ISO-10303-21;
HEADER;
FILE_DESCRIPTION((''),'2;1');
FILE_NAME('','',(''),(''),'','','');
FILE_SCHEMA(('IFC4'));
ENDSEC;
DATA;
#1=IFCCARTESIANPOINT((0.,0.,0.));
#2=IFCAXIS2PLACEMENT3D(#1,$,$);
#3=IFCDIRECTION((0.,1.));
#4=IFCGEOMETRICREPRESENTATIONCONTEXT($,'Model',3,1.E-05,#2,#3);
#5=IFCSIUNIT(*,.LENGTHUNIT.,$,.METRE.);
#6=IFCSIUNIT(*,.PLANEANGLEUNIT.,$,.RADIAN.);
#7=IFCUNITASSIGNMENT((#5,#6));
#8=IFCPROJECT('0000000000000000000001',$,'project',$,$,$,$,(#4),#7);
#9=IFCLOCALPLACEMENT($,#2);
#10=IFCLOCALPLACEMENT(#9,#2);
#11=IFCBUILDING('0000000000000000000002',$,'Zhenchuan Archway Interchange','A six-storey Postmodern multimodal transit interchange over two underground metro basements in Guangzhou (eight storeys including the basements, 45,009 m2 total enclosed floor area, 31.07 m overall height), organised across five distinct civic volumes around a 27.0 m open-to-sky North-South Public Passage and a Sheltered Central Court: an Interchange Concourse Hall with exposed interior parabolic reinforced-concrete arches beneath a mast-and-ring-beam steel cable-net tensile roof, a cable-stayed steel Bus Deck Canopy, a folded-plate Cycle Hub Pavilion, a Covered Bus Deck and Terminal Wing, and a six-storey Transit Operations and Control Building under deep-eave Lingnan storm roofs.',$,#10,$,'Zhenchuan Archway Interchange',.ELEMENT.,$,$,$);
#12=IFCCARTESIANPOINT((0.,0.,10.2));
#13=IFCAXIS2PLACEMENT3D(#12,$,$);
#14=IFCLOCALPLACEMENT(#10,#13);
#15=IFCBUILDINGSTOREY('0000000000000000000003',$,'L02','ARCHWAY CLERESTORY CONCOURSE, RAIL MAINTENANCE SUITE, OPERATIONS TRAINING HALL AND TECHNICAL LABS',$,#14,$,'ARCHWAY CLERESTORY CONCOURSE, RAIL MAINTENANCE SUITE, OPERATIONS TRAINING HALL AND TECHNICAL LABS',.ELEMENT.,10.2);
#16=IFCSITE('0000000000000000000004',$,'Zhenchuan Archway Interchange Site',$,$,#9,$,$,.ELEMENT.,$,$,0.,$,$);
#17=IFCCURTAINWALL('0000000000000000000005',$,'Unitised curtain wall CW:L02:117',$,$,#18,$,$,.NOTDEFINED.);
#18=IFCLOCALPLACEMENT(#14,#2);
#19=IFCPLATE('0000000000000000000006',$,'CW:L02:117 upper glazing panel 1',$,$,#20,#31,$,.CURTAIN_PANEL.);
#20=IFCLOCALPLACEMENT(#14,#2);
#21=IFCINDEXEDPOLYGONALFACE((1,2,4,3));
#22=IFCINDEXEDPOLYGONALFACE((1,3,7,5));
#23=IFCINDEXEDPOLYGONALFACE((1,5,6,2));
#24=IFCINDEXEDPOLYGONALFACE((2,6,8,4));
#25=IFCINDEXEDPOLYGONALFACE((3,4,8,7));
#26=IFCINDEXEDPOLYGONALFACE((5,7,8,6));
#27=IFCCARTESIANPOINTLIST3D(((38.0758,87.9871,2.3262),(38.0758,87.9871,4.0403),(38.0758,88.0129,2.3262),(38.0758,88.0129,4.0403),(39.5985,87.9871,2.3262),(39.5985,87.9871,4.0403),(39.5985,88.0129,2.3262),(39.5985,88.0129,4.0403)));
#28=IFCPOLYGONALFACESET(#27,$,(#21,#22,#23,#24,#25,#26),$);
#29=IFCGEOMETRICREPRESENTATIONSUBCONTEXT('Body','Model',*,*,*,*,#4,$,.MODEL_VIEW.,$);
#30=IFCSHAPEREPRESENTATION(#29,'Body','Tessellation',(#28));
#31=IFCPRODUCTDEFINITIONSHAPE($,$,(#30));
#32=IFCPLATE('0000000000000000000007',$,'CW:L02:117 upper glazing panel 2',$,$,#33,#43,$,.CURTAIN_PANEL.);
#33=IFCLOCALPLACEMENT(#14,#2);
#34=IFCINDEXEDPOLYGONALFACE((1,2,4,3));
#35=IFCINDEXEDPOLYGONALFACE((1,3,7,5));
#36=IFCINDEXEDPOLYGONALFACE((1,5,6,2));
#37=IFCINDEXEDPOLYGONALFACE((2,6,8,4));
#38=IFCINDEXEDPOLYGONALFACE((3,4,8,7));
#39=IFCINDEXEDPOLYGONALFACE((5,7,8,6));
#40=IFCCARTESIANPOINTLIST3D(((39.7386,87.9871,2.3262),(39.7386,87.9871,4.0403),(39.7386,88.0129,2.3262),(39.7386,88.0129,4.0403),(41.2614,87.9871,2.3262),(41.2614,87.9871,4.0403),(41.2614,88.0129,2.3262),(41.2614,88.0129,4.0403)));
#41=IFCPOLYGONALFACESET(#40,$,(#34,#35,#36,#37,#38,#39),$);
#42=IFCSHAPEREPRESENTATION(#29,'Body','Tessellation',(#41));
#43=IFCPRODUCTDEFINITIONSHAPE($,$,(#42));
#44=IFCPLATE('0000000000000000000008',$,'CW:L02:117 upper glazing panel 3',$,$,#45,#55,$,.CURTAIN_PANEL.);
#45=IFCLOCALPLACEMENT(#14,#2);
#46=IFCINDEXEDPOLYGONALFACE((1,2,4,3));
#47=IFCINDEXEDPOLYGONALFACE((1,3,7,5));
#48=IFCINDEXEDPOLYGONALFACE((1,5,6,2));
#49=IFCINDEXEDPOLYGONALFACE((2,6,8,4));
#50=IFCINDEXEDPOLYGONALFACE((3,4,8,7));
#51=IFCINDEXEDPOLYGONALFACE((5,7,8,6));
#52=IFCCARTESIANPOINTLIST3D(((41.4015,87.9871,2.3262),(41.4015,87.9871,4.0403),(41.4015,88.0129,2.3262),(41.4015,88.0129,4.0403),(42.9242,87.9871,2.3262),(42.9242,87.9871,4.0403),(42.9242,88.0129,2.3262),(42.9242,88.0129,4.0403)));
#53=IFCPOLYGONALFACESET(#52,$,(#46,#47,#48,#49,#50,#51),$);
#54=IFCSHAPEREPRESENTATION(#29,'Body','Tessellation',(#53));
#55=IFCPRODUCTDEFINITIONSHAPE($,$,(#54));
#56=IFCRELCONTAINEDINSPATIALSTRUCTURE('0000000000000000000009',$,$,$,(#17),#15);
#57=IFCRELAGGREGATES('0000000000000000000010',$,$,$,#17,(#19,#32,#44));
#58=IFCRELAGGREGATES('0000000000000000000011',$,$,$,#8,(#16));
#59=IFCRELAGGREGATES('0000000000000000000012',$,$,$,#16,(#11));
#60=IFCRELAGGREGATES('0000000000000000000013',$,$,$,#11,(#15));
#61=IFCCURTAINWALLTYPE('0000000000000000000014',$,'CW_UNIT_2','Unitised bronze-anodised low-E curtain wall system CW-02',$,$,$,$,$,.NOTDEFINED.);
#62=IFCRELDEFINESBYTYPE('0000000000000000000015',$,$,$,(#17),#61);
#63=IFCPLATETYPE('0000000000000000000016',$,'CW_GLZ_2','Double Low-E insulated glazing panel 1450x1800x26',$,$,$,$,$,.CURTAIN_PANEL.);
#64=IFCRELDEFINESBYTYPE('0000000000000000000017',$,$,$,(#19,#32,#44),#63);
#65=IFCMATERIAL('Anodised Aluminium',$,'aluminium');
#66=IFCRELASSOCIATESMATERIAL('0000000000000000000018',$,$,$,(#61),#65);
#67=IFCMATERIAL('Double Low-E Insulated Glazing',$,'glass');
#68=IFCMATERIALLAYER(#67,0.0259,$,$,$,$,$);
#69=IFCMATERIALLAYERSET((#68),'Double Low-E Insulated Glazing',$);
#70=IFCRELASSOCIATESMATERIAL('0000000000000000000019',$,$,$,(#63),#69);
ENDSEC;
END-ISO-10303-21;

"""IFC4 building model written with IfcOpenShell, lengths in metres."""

from ifc_helpers import new_model, si_unit, direction, frame, origin, origin_2d, place, context, subcontext, project, spatial, rectangle, extrude, material, layer, layer_set, type_object, element, aggregate, save


model = new_model("IFC4")

# Units and contexts
model_context = context("Model", 3, precision=1e-05, world=origin(), true_north=direction((0.0, 1.0)))
body_context = subcontext(model_context, "Body", "Model", "MODEL_VIEW")
ifc_project = project(units=[si_unit("LENGTHUNIT", "METRE"), si_unit("PLANEANGLEUNIT", "RADIAN")], contexts=[model_context])

# Site, building, storey
site_placement = place(None, origin())
site = spatial("IfcSite", under=ifc_project, at=site_placement, Name="Zhenchuan Archway Interchange Site", CompositionType="ELEMENT", RefElevation=0.0)
building_placement = place(site_placement, origin())
building = spatial("IfcBuilding", under=site, at=building_placement, Name="Zhenchuan Archway Interchange", Description="A six-storey Postmodern multimodal transit interchange over two underground metro basements in Guangzhou (eight storeys including the basements, 45,009 m2 total enclosed floor area, 31.07 m overall height), organised across five distinct civic volumes around a 27.0 m open-to-sky North-South Public Passage and a Sheltered Central Court: an Interchange Concourse Hall with exposed interior parabolic reinforced-concrete arches beneath a mast-and-ring-beam steel cable-net tensile roof, a cable-stayed steel Bus Deck Canopy, a folded-plate Cycle Hub Pavilion, a Covered Bus Deck and Terminal Wing, and a six-storey Transit Operations and Control Building under deep-eave Lingnan storm roofs.", LongName="Zhenchuan Archway Interchange", CompositionType="ELEMENT")
storey_placement = place(building_placement, frame((0.0, 0.0, 10.2)))
storey = spatial("IfcBuildingStorey", under=building, at=storey_placement, Name="L02", Description="ARCHWAY CLERESTORY CONCOURSE, RAIL MAINTENANCE SUITE, OPERATIONS TRAINING HALL AND TECHNICAL LABS", LongName="ARCHWAY CLERESTORY CONCOURSE, RAIL MAINTENANCE SUITE, OPERATIONS TRAINING HALL AND TECHNICAL LABS", CompositionType="ELEMENT", Elevation=10.2)

# Curtain wall, plates
ifc_material_1 = material(Name="Anodised Aluminium", Category="aluminium")
curtain_wall_type = type_object("IfcCurtainWallType", Name="CW_UNIT_2", Description="Unitised bronze-anodised low-E curtain wall system CW-02", PredefinedType="NOTDEFINED", material=ifc_material_1)
curtain_wall_placement = place(storey_placement, origin())
curtain_wall = element("IfcCurtainWall", 1, at=curtain_wall_placement, inside=storey, type_object=curtain_wall_type, Name="Unitised curtain wall CW:L02:117", PredefinedType="NOTDEFINED")
ifc_material_2 = material(Name="Double Low-E Insulated Glazing", Category="glass")
ifc_layer_1 = layer(ifc_material_2, 0.0259)
ifc_layer_set_1 = layer_set([ifc_layer_1], Name="Double Low-E Insulated Glazing")
plate_type_1 = type_object("IfcPlateType", Name="CW_GLZ_2", Description="Double Low-E insulated glazing panel 1450x1800x26", PredefinedType="CURTAIN_PANEL", material=ifc_layer_set_1)
plate_1_placement = place(storey_placement, frame((38.8372, 88.0, 2.3262), z_axis=(0.0, 0.0, 1.0), x_axis=(1.0, 0.0, 0.0)))
plate_1 = element("IfcPlate", 2, at=plate_1_placement, type_object=plate_type_1, Name="CW:L02:117 upper glazing panel 1", PredefinedType="CURTAIN_PANEL", context=body_context, shape_type="SweptSolid", body=[
    extrude(rectangle(XDim=1.5227, YDim=0.0259, at=origin_2d()), origin(), (0.0, 0.0, 1.0), 1.7141),
])
plate_2_placement = place(storey_placement, frame((40.5, 88.0, 2.3262), z_axis=(0.0, 0.0, 1.0), x_axis=(1.0, 0.0, 0.0)))
plate_2 = element("IfcPlate", 3, at=plate_2_placement, type_object=plate_type_1, Name="CW:L02:117 upper glazing panel 2", PredefinedType="CURTAIN_PANEL", context=body_context, shape_type="SweptSolid", body=[
    extrude(rectangle(XDim=1.5227, YDim=0.0259, at=origin_2d()), origin(), (0.0, 0.0, 1.0), 1.7141),
])
plate_3_placement = place(storey_placement, frame((42.1628, 88.0, 2.3262), z_axis=(0.0, 0.0, 1.0), x_axis=(1.0, 0.0, 0.0)))
plate_3 = element("IfcPlate", 4, at=plate_3_placement, type_object=plate_type_1, Name="CW:L02:117 upper glazing panel 3", PredefinedType="CURTAIN_PANEL", context=body_context, shape_type="SweptSolid", body=[
    extrude(rectangle(XDim=1.5227, YDim=0.0259, at=origin_2d()), origin(), (0.0, 0.0, 1.0), 1.7141),
])
aggregate(curtain_wall, [plate_1, plate_2, plate_3])

save(model, "model.ifc")
